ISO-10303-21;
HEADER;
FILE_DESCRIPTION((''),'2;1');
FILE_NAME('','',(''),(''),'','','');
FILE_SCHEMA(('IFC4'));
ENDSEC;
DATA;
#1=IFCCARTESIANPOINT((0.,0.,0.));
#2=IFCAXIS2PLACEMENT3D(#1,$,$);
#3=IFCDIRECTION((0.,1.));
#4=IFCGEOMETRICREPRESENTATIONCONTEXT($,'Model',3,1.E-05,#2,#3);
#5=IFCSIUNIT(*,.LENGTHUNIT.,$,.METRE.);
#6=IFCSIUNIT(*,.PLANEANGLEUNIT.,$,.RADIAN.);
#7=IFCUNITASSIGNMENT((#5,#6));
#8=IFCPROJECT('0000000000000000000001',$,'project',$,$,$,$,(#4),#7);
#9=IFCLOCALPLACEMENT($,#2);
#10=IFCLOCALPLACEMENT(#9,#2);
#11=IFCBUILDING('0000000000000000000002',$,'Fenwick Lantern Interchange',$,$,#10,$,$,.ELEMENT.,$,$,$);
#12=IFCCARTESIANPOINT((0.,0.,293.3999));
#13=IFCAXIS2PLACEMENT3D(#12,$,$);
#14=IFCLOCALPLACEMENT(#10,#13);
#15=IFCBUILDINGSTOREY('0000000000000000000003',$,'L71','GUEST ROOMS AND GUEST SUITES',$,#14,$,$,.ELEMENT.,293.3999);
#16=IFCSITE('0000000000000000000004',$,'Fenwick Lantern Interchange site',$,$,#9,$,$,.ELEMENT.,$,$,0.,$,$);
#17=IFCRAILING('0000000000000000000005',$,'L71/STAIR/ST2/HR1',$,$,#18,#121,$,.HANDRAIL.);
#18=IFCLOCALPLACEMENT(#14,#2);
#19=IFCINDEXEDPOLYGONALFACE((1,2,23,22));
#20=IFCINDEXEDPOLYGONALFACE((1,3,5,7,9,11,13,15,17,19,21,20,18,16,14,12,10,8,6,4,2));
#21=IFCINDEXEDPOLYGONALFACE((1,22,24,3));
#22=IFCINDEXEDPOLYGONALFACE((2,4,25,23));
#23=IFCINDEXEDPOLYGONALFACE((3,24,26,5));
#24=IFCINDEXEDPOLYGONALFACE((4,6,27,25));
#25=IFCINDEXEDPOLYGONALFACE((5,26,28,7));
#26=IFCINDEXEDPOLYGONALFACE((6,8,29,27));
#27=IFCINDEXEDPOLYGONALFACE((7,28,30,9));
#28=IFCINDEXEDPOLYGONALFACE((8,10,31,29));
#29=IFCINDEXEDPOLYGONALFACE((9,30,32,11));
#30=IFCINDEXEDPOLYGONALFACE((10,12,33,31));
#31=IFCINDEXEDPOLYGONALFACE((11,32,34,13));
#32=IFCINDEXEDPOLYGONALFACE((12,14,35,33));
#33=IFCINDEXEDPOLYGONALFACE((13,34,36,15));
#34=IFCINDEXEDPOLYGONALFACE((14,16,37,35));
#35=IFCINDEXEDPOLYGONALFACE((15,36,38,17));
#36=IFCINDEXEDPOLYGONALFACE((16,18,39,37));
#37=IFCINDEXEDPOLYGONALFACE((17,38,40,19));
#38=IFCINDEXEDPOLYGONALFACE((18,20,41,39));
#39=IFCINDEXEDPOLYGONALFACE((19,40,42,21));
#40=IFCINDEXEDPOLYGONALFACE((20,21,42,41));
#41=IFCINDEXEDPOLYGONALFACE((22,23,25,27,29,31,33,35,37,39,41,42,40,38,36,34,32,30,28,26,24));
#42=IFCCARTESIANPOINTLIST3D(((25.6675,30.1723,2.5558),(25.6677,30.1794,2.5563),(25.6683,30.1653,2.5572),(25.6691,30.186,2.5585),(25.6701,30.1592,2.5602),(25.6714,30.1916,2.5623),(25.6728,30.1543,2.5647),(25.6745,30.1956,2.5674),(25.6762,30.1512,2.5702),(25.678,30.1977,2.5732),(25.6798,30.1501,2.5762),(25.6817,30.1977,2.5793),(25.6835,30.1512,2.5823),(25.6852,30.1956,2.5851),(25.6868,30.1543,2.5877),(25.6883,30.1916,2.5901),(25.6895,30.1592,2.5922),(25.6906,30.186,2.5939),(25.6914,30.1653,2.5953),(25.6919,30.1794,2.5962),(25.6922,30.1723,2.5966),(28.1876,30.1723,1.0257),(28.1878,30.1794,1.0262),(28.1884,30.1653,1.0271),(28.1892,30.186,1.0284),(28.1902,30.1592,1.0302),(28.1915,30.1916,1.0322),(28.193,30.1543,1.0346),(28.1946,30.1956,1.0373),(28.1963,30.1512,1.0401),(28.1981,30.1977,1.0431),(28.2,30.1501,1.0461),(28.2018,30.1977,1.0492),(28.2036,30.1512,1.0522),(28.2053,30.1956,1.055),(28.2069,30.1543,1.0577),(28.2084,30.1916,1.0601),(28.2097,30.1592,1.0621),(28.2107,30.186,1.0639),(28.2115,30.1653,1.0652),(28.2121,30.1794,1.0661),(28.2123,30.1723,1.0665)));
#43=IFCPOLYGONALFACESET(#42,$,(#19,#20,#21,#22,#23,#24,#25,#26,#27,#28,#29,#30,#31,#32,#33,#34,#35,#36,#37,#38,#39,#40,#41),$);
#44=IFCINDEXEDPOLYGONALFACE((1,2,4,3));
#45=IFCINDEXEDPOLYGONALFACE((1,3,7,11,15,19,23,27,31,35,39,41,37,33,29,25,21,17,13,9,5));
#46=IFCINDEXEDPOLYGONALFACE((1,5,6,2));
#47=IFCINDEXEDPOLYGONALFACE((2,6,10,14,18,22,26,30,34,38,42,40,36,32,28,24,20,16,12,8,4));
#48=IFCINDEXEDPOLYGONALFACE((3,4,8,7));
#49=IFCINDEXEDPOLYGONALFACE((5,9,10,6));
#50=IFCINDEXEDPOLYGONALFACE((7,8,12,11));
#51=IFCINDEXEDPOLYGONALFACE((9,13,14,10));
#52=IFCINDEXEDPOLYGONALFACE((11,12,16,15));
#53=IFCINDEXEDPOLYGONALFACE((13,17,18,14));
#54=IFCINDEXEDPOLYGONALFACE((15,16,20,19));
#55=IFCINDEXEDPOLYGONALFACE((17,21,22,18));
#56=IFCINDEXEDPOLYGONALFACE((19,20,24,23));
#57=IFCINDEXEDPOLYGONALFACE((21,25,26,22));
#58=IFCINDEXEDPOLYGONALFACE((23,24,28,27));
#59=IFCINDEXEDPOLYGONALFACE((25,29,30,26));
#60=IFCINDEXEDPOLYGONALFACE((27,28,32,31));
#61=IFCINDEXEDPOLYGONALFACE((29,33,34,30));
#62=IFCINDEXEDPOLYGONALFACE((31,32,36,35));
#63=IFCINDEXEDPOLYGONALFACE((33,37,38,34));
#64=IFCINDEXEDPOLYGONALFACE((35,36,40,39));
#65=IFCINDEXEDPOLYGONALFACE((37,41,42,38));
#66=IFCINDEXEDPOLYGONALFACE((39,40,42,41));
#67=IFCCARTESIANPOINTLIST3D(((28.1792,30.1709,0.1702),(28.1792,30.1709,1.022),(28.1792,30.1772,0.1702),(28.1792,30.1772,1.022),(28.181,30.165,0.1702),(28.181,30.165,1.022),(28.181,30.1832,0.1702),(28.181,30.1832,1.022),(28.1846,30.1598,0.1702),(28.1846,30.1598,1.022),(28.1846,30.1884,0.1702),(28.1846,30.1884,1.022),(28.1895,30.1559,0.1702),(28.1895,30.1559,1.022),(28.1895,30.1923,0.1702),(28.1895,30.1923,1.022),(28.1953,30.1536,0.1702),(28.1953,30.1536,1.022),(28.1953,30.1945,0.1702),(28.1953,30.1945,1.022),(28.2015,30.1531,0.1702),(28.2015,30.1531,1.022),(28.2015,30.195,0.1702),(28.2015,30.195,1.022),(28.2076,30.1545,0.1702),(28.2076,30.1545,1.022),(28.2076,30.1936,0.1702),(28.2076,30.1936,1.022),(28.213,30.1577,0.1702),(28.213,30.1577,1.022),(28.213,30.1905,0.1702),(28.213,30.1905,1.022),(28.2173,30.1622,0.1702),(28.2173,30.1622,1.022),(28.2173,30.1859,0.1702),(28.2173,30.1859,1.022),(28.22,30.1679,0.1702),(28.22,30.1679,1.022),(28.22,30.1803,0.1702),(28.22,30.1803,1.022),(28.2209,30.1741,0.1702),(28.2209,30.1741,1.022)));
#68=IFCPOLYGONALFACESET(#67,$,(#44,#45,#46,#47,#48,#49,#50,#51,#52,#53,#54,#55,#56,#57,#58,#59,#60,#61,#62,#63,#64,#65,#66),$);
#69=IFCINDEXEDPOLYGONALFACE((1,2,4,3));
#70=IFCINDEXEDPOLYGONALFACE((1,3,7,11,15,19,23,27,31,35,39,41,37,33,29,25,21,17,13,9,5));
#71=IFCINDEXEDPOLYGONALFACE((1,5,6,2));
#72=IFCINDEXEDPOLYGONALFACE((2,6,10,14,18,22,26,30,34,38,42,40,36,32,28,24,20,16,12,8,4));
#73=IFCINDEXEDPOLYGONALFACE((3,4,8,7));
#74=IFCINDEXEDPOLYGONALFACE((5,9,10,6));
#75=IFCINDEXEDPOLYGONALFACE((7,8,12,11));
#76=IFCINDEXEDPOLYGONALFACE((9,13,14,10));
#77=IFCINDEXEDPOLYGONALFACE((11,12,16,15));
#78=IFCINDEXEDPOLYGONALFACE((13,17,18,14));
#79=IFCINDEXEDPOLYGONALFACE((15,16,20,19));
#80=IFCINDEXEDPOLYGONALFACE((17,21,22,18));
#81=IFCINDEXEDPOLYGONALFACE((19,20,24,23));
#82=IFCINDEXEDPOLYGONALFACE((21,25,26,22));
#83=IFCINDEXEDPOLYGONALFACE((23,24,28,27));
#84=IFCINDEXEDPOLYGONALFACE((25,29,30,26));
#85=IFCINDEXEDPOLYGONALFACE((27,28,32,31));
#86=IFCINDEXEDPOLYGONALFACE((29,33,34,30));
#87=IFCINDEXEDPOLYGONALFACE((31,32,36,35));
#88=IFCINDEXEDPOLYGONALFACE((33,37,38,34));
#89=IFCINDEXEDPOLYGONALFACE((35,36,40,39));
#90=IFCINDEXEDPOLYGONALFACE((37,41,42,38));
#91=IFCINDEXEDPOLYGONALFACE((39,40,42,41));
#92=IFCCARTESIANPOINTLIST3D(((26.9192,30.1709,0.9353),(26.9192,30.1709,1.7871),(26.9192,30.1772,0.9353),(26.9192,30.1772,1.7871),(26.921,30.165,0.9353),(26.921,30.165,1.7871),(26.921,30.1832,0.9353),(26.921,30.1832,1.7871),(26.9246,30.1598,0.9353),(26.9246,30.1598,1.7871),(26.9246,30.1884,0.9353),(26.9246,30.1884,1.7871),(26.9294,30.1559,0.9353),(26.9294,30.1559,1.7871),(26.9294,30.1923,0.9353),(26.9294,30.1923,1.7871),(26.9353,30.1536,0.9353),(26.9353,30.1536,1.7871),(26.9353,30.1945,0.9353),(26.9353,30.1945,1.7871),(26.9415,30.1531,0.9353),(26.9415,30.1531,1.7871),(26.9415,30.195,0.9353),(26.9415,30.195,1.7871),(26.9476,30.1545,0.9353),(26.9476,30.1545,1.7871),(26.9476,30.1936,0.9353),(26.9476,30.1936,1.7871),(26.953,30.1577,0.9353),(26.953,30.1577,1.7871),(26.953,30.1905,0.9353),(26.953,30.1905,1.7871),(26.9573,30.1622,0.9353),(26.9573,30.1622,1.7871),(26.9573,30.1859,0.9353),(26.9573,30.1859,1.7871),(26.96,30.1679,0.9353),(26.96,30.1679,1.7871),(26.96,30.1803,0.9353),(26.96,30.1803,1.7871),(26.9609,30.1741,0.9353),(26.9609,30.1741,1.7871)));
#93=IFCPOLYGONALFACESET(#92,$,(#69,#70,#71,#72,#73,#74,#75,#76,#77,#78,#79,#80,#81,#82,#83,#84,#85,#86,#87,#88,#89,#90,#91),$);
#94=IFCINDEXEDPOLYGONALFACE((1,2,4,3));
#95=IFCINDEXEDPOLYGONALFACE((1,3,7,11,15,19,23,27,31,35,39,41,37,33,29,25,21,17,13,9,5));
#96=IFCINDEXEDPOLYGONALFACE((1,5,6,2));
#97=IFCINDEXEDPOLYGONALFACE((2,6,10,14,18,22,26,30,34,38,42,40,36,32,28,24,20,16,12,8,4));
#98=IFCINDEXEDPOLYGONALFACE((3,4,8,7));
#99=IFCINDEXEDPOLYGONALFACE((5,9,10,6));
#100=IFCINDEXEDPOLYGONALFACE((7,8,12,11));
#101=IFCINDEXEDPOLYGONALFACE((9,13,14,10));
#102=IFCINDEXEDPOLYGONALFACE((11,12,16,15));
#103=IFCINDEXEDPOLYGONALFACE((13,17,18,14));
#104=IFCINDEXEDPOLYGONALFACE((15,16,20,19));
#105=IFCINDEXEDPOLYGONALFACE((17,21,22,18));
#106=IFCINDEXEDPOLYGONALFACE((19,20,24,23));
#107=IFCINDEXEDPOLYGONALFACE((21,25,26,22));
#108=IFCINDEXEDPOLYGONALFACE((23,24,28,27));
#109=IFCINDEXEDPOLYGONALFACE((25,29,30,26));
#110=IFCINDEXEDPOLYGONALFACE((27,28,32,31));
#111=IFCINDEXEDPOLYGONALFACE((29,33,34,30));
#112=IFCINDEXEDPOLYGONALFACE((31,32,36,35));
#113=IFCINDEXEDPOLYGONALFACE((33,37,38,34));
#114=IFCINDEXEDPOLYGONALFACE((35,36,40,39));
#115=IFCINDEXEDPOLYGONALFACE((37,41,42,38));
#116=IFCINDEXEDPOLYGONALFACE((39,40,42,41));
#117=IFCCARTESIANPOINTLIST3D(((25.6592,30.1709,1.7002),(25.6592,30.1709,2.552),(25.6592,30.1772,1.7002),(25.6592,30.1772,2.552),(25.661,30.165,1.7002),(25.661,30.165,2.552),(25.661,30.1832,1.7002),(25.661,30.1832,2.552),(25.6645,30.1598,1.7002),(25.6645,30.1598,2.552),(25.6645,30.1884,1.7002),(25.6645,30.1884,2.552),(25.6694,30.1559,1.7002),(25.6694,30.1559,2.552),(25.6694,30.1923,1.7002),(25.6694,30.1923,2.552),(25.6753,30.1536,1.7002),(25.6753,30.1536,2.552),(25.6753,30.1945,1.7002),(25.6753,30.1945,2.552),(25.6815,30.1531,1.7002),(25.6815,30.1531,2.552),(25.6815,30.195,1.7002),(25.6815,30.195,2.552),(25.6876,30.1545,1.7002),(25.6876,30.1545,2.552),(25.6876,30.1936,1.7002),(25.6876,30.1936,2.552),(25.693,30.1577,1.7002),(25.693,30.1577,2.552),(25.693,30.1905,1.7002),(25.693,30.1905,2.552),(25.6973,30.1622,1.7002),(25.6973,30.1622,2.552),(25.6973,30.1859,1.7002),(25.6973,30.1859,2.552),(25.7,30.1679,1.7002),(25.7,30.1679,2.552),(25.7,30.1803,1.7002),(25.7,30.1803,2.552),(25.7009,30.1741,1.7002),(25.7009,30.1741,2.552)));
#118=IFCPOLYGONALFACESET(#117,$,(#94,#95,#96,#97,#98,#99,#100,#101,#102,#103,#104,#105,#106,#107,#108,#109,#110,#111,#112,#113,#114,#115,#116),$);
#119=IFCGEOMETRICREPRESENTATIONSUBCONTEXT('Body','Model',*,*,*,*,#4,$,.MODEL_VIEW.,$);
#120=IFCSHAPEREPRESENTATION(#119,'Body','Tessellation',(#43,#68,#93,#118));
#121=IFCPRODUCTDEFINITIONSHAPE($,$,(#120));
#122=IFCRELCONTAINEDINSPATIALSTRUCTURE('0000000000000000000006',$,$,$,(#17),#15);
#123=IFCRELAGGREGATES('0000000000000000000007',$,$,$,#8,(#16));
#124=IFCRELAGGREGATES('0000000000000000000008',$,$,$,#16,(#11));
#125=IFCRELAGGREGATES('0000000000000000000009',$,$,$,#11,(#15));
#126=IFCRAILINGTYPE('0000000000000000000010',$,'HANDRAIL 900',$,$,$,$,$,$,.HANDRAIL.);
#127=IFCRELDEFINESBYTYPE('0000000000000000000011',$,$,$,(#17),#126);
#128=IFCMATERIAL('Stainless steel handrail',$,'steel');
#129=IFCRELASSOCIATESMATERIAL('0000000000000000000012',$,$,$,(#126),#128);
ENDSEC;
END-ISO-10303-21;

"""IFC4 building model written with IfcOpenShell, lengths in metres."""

from ifc_helpers import new_model, si_unit, direction, frame, origin, origin_2d, place, context, subcontext, project, spatial, circle, extrude, material, type_object, element, save


model = new_model("IFC4")

# Units and contexts
model_context = context("Model", 3, precision=1e-05, world=origin(), true_north=direction((0.0, 1.0)))
body_context = subcontext(model_context, "Body", "Model", "MODEL_VIEW")
ifc_project = project(units=[si_unit("LENGTHUNIT", "METRE"), si_unit("PLANEANGLEUNIT", "RADIAN")], contexts=[model_context])

# Site, building, storey
site_placement = place(None, origin())
site = spatial("IfcSite", under=ifc_project, at=site_placement, Name="Fenwick Lantern Interchange site", CompositionType="ELEMENT", RefElevation=0.0)
building_placement = place(site_placement, origin())
building = spatial("IfcBuilding", under=site, at=building_placement, Name="Fenwick Lantern Interchange", CompositionType="ELEMENT")
storey_placement = place(building_placement, frame((0.0, 0.0, 293.3999)))
storey = spatial("IfcBuildingStorey", under=building, at=storey_placement, Name="L71", Description="GUEST ROOMS AND GUEST SUITES", CompositionType="ELEMENT", Elevation=293.3999)

# Railing
ifc_material_1 = material(Name="Stainless steel handrail", Category="steel")
railing_type = type_object("IfcRailingType", Name="HANDRAIL 900", PredefinedType="HANDRAIL", material=ifc_material_1)
railing_1_placement = place(storey_placement, frame((28.2, 30.1741, 0.1702)))
element("IfcRailing", 1, at=railing_1_placement, inside=storey, type_object=railing_type, Name="L71/STAIR/ST2/HR1", PredefinedType="HANDRAIL", context=body_context, shape_type="SweptSolid", body=[
    extrude(circle(Radius=0.0239, at=origin_2d()), frame((0.0, 0.0, 0.876), z_axis=(-0.854785, 0.0, 0.518982), x_axis=(0.0, -1.0, 0.0)), (0.0, 0.0, 1.0), 2.9482),
    extrude(circle(Radius=0.021, at=origin_2d()), origin(), (0.0, 0.0, 1.0), 0.8518),
    extrude(circle(Radius=0.021, at=origin_2d()), frame((-1.26, 0.0, 0.7651)), (0.0, 0.0, 1.0), 0.8518),
    extrude(circle(Radius=0.021, at=origin_2d()), frame((-2.52, 0.0, 1.53)), (0.0, 0.0, 1.0), 0.8518),
])

save(model, "model.ifc")
